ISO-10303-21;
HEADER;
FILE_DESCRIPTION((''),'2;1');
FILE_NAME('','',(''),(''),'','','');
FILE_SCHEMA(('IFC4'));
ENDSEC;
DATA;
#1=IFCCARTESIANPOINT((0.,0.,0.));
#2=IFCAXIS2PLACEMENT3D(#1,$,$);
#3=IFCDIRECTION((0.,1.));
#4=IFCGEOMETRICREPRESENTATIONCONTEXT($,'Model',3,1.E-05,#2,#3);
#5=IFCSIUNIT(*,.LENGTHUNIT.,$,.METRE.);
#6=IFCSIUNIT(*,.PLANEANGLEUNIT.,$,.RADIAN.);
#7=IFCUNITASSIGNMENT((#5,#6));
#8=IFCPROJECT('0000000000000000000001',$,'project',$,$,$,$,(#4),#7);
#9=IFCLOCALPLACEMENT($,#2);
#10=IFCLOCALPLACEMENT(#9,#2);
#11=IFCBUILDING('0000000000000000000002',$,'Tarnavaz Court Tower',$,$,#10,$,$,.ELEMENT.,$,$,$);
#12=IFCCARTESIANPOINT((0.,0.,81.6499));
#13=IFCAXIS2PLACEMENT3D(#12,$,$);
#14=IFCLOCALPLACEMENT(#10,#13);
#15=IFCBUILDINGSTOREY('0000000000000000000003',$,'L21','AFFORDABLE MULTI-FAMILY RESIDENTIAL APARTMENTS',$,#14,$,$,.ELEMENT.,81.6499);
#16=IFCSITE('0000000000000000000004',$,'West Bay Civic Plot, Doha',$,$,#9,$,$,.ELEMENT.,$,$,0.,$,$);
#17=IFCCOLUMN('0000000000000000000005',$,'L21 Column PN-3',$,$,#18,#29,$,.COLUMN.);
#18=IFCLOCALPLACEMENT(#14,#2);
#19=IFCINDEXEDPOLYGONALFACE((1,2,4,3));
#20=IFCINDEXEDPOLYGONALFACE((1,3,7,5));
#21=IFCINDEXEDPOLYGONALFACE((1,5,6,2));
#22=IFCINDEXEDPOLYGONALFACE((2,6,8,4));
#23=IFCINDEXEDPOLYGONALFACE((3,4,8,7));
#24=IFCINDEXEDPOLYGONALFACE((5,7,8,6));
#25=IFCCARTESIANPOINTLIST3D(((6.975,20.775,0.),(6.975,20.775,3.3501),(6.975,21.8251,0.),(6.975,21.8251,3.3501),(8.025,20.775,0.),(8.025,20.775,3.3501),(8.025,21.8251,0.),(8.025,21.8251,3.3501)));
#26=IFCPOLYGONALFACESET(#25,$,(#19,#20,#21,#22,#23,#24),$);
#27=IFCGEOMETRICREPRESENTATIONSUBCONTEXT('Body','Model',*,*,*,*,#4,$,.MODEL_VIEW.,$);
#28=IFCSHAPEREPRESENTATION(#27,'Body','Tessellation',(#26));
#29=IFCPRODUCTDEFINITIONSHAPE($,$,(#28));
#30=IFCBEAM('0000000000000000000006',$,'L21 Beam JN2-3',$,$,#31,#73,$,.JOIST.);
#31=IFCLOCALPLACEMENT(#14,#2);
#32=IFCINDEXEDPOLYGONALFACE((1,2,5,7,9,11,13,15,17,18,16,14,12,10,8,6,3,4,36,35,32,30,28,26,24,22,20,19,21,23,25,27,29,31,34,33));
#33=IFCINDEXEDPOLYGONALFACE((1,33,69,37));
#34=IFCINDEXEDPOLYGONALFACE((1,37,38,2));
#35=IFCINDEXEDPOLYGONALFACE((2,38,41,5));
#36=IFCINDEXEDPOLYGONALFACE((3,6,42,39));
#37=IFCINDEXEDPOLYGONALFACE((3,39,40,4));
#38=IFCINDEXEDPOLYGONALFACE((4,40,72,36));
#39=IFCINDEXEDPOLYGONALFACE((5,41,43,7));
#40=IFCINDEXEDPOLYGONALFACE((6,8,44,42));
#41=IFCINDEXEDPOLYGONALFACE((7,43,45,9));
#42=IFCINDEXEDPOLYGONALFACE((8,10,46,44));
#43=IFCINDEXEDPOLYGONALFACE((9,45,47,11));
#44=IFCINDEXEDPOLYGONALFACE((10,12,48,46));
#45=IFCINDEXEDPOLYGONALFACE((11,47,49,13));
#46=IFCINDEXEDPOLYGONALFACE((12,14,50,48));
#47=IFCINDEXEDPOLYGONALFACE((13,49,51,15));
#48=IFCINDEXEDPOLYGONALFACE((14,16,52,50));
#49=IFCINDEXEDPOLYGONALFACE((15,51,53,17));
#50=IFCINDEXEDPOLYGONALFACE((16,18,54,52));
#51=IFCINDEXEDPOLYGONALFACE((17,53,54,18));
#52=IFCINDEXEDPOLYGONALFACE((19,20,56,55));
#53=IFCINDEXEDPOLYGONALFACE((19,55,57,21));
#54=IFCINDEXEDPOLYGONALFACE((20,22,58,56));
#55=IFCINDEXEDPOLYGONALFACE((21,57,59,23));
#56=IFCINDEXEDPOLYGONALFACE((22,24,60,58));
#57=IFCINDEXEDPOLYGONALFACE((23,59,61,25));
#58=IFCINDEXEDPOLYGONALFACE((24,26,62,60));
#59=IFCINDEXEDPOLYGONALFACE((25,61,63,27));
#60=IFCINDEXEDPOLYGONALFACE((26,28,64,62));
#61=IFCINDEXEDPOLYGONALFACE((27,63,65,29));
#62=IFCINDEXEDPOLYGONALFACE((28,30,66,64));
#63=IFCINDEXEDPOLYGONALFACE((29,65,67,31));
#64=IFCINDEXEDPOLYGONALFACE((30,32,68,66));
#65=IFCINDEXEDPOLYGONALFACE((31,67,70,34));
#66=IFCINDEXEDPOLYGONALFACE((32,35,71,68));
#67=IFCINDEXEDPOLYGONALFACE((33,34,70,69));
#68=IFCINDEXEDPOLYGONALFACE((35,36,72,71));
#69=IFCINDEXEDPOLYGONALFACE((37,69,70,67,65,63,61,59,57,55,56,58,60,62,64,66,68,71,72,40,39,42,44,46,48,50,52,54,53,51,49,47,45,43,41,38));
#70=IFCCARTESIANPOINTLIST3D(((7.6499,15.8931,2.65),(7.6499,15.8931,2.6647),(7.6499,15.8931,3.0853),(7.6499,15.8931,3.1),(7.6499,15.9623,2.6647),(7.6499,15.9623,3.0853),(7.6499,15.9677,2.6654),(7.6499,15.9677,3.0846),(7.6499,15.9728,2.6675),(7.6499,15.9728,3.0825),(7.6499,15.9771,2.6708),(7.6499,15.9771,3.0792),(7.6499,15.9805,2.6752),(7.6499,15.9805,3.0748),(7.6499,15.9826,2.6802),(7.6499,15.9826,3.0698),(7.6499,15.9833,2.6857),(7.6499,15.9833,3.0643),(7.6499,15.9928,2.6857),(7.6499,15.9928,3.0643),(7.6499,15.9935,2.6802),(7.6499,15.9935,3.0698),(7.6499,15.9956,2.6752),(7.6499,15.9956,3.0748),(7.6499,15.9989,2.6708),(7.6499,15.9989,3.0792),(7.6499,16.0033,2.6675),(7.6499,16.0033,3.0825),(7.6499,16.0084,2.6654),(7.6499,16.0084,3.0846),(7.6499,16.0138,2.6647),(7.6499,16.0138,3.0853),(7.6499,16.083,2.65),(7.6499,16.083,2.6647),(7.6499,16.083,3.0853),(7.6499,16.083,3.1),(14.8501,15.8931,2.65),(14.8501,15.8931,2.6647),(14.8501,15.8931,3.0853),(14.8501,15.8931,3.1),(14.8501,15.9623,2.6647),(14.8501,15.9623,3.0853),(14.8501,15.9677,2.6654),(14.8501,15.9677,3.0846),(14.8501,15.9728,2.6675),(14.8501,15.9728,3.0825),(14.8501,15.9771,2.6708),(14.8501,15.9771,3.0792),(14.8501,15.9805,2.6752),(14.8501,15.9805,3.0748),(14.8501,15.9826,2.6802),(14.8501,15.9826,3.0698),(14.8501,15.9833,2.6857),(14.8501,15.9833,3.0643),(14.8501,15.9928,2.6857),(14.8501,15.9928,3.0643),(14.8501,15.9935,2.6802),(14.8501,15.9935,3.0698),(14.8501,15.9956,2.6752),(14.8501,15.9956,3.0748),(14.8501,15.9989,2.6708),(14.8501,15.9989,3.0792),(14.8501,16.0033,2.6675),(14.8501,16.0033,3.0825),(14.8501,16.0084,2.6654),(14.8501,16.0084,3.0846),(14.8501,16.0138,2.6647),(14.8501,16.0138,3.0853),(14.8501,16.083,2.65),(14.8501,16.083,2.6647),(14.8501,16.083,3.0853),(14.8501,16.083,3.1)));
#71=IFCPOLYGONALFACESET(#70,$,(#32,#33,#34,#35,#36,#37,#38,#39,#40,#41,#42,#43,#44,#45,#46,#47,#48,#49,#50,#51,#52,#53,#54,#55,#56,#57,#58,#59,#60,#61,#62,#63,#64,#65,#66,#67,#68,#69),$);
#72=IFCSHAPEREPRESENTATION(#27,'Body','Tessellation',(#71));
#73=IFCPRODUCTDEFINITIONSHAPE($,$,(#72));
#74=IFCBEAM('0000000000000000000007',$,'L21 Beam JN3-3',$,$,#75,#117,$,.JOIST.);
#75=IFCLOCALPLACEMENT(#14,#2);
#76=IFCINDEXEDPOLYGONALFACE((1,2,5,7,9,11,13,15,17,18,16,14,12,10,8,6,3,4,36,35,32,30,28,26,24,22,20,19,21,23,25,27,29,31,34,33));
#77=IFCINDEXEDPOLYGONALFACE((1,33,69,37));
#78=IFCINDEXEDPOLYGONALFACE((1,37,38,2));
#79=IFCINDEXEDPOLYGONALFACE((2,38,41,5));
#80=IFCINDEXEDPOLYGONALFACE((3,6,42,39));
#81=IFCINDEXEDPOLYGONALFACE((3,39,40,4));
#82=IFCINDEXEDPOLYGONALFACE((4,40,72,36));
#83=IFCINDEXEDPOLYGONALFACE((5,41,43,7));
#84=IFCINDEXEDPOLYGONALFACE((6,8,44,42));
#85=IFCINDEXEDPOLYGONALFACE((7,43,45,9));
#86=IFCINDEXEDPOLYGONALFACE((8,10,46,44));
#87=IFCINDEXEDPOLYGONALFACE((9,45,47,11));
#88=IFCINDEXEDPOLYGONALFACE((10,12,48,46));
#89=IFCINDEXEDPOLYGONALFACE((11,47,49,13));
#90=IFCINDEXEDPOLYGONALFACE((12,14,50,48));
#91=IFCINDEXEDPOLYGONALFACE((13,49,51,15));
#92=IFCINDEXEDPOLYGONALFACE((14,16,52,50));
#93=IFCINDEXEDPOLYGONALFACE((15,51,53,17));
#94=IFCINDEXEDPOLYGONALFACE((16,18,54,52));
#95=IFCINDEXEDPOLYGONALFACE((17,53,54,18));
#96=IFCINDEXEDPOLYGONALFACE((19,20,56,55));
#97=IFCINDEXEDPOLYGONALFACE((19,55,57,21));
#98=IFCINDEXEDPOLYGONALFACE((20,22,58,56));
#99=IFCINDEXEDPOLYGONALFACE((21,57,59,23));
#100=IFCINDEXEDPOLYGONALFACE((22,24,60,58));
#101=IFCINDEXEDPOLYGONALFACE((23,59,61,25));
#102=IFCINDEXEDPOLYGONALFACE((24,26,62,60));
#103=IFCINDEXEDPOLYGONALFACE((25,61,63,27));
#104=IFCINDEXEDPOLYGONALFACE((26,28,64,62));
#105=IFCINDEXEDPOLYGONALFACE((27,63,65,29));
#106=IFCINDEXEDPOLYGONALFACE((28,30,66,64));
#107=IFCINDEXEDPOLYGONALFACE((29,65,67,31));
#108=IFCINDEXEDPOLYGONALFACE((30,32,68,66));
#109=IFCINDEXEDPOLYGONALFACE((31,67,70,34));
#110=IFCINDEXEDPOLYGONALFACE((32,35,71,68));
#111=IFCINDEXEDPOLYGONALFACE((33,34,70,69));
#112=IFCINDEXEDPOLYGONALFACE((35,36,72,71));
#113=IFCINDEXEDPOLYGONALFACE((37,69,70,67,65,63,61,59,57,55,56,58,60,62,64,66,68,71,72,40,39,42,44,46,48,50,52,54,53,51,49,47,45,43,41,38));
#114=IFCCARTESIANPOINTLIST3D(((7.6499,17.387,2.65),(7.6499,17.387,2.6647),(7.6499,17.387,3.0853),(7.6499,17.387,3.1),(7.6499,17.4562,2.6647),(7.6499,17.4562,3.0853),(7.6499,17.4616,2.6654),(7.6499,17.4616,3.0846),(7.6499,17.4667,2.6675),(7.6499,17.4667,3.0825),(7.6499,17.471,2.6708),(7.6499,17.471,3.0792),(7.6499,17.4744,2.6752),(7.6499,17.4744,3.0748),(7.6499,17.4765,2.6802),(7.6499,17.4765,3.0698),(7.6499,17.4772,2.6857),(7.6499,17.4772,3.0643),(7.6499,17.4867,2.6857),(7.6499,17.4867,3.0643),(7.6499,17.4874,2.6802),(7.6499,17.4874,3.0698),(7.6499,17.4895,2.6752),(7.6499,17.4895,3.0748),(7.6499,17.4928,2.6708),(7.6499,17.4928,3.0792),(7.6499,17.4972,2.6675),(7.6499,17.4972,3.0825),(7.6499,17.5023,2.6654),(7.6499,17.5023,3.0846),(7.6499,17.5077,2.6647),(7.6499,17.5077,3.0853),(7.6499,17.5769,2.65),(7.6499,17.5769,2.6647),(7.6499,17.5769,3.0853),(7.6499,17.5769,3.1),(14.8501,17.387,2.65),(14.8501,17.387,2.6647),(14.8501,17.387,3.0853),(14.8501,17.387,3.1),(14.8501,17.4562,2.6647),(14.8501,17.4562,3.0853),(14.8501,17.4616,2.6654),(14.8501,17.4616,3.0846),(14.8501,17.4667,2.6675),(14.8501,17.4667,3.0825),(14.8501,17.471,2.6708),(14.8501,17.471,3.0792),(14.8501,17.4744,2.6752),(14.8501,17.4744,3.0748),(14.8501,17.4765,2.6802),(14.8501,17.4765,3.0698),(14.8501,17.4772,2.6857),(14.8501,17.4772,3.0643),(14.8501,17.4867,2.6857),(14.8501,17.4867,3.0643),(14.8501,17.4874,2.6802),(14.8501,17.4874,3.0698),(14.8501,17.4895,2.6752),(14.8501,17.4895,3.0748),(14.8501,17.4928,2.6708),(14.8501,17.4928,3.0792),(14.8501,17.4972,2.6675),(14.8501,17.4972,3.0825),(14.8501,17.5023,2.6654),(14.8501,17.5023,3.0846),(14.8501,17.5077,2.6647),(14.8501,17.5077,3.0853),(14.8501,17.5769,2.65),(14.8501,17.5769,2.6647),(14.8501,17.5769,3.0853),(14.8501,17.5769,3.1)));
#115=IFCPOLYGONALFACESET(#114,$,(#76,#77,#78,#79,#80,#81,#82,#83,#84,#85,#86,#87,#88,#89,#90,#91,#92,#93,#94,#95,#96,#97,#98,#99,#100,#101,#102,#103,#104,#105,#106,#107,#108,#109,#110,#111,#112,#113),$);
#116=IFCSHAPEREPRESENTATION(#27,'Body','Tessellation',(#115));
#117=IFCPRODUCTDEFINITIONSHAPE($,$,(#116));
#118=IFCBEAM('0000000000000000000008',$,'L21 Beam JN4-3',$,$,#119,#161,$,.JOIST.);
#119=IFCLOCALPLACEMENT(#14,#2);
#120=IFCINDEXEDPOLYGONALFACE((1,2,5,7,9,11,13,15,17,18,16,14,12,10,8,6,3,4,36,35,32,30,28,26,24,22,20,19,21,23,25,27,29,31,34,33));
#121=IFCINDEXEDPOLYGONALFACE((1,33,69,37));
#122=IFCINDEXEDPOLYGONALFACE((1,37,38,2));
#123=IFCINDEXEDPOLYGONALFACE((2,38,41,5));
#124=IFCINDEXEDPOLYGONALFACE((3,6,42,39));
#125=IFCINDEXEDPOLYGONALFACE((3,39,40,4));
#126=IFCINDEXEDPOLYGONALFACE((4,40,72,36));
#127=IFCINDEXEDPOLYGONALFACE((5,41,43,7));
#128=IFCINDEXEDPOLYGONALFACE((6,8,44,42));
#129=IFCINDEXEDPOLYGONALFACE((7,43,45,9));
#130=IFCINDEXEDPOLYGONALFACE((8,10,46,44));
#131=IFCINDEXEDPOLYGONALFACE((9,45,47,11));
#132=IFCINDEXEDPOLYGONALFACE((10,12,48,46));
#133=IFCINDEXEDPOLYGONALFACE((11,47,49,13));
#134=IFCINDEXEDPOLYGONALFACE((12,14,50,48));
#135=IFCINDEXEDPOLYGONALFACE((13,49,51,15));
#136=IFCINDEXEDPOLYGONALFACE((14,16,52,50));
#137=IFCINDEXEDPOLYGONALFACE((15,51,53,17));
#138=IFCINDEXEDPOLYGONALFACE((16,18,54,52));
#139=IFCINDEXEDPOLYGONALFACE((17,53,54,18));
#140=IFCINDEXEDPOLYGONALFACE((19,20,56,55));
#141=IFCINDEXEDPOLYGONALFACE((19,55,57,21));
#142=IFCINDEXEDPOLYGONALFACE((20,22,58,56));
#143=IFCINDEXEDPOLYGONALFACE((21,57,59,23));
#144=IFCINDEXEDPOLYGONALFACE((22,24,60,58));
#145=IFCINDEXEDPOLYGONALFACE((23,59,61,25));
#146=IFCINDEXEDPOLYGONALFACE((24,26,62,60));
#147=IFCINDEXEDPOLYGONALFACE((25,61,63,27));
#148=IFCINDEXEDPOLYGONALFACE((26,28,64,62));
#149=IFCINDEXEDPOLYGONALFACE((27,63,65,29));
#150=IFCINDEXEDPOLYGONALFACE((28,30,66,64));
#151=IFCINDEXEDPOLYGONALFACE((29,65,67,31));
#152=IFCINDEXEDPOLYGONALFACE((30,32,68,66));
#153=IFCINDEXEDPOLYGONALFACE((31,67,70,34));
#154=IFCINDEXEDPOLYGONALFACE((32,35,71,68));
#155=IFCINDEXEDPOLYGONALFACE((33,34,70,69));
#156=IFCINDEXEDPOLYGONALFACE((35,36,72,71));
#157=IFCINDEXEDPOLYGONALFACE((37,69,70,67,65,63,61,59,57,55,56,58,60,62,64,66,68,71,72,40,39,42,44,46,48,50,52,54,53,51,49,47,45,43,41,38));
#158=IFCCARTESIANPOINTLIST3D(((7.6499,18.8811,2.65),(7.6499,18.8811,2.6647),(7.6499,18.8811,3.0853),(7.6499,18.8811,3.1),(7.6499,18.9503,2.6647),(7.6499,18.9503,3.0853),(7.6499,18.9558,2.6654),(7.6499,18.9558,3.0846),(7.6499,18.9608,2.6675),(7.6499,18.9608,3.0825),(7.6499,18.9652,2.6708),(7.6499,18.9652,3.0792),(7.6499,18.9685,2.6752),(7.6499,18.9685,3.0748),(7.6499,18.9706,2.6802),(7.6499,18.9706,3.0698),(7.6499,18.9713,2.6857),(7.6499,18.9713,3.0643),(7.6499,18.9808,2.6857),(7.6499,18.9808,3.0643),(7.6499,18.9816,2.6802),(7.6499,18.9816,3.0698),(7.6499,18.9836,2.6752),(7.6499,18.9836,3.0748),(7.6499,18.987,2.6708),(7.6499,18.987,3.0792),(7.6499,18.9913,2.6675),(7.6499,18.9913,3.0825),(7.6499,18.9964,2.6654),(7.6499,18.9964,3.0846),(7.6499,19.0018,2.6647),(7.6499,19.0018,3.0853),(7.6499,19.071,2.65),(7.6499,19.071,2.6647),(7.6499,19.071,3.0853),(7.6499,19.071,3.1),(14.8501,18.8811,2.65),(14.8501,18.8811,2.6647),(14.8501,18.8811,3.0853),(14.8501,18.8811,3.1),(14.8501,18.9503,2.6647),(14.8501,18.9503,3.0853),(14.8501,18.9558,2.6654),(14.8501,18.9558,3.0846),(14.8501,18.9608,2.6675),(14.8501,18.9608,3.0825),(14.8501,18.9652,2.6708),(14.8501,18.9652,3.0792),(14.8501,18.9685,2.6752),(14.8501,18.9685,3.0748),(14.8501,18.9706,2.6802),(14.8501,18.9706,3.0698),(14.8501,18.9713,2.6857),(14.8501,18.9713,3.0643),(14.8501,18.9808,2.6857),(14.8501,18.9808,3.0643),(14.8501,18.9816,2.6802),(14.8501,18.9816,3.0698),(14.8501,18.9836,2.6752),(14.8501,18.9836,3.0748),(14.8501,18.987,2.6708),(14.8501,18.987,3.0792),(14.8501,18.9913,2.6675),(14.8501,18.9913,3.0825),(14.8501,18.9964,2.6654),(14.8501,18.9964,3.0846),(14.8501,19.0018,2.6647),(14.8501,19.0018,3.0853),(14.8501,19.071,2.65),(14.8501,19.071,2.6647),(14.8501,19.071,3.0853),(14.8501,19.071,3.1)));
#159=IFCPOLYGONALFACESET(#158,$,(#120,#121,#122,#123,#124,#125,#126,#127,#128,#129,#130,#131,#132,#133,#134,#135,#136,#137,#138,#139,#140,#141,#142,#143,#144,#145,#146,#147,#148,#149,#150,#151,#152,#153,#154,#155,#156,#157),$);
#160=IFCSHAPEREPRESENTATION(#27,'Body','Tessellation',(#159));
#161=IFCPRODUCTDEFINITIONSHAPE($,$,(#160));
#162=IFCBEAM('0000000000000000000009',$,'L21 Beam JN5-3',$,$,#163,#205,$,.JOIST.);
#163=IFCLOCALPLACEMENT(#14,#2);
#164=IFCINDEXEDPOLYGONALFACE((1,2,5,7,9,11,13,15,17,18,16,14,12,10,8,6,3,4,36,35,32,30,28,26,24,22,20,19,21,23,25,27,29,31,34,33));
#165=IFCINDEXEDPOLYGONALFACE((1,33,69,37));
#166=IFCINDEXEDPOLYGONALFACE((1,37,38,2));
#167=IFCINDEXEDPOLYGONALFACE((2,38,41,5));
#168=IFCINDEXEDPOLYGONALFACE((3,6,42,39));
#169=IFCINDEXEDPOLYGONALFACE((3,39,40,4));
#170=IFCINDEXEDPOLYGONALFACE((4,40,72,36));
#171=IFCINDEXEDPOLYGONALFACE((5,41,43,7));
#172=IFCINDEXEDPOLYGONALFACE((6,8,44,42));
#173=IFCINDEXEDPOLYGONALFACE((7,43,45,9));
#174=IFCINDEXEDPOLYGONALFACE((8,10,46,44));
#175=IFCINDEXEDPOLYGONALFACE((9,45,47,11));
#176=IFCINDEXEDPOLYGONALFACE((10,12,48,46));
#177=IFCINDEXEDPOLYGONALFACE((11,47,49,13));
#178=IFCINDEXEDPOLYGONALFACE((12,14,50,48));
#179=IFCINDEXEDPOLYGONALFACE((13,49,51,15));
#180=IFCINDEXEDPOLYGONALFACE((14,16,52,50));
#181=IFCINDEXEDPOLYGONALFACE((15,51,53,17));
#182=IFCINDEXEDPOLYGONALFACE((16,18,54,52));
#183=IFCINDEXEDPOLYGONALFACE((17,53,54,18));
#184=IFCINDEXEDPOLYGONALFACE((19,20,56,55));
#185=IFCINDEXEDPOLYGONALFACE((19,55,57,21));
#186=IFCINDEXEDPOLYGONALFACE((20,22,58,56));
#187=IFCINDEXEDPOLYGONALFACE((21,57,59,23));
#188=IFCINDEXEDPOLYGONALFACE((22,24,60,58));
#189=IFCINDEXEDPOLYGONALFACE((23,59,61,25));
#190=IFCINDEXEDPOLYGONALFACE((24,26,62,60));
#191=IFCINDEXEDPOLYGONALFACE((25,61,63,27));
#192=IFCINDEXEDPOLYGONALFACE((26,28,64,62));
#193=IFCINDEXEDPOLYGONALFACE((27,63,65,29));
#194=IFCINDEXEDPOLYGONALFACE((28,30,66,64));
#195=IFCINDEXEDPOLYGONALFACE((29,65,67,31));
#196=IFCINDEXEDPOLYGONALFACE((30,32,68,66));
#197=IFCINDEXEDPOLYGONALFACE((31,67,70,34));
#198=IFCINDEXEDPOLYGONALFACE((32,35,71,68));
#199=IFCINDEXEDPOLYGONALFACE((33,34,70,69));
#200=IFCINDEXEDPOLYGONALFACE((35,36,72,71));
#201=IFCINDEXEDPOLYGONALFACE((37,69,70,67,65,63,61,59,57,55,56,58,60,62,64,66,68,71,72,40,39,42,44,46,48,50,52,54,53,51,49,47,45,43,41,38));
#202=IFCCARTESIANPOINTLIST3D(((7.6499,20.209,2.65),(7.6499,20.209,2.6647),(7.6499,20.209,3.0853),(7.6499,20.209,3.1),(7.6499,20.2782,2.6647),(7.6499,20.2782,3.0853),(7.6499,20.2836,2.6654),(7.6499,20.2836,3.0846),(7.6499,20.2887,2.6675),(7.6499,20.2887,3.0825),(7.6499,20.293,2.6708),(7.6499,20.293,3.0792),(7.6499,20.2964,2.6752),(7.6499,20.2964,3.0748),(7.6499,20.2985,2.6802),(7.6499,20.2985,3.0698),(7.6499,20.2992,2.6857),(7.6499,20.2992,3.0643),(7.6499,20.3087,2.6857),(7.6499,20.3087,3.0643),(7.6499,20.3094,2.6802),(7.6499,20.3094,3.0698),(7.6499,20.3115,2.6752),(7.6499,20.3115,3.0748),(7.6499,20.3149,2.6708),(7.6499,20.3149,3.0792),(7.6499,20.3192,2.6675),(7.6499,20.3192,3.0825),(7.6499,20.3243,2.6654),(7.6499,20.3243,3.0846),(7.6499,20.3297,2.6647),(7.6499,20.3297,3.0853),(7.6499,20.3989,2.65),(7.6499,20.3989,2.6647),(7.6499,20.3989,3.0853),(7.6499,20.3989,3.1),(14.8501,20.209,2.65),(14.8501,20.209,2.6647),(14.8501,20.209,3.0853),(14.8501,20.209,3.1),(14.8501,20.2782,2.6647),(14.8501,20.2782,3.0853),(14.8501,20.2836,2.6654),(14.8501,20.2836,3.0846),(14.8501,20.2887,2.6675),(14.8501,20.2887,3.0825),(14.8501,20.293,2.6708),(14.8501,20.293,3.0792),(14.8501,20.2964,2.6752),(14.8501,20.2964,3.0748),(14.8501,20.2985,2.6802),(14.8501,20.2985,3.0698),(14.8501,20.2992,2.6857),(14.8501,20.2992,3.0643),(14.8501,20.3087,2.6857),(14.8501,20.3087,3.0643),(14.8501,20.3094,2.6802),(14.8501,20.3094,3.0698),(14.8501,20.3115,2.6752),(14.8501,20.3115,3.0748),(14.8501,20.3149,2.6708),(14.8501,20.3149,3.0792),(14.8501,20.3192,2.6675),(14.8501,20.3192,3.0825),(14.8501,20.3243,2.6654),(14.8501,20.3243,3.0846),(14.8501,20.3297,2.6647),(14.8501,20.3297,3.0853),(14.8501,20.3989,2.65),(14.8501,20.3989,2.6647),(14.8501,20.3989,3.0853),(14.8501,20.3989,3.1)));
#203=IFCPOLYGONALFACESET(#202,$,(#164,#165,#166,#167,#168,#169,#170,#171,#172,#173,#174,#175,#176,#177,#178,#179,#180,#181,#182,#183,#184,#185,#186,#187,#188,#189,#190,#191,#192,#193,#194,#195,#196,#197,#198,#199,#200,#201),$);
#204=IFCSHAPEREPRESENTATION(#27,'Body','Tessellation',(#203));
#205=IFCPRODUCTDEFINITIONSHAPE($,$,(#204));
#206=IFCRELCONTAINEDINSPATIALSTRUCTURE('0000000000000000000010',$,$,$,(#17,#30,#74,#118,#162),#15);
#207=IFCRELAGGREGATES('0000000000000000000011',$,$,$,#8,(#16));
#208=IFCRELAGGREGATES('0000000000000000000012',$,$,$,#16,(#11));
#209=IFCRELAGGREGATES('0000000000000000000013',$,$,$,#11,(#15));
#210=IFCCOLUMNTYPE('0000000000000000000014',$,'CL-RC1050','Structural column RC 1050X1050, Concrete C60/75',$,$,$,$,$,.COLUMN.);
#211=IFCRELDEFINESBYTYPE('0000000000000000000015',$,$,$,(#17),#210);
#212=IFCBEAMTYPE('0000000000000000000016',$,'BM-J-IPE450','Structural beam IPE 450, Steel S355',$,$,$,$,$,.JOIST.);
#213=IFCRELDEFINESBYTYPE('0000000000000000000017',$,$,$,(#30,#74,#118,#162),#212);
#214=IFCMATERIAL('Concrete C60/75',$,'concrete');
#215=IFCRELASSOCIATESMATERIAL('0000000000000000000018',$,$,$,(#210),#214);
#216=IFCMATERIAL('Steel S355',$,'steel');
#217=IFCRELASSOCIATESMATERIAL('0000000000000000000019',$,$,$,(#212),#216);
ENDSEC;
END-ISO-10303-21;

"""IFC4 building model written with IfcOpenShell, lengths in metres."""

from ifc_helpers import new_model, si_unit, direction, frame, origin, origin_2d, place, context, subcontext, project, spatial, rectangle, i_section, extrude, material, material_profile, profile_set, type_object, element, save


model = new_model("IFC4")

# Units and contexts
model_context = context("Model", 3, precision=1e-05, world=origin(), true_north=direction((0.0, 1.0)))
body_context = subcontext(model_context, "Body", "Model", "MODEL_VIEW")
ifc_project = project(units=[si_unit("LENGTHUNIT", "METRE"), si_unit("PLANEANGLEUNIT", "RADIAN")], contexts=[model_context])

# Site, building, storey
site_placement = place(None, origin())
site = spatial("IfcSite", under=ifc_project, at=site_placement, Name="West Bay Civic Plot, Doha", CompositionType="ELEMENT", RefElevation=0.0)
building_placement = place(site_placement, origin())
building = spatial("IfcBuilding", under=site, at=building_placement, Name="Tarnavaz Court Tower", CompositionType="ELEMENT")
storey_placement = place(building_placement, frame((0.0, 0.0, 81.6499)))
storey = spatial("IfcBuildingStorey", under=building, at=storey_placement, Name="L21", Description="AFFORDABLE MULTI-FAMILY RESIDENTIAL APARTMENTS", CompositionType="ELEMENT", Elevation=81.6499)

# Column
ifc_material_1 = material(Name="Concrete C60/75", Category="concrete")
ifc_material_profile_1 = material_profile(ifc_material_1, rectangle(XDim=1.05, YDim=1.05, at=origin_2d()), Name="RC 1050X1050")
ifc_profile_set_1 = profile_set([ifc_material_profile_1], Name="Concrete C60/75")
column_type = type_object("IfcColumnType", Name="CL-RC1050", Description="Structural column RC 1050X1050, Concrete C60/75", PredefinedType="COLUMN", material=ifc_profile_set_1)
column_placement = place(storey_placement, frame((7.5, 21.3, 0.0), z_axis=(0.0, 0.0, 1.0), x_axis=(1.0, 0.0, 0.0)))
element("IfcColumn", 1, at=column_placement, inside=storey, type_object=column_type, Name="L21 Column PN-3", PredefinedType="COLUMN", context=body_context, shape_type="SweptSolid", body=[
    extrude(rectangle(XDim=1.05, YDim=1.05, at=origin_2d()), origin(), (0.0, 0.0, 1.0), 3.3501),
])

# Beams
ifc_material_2 = material(Name="Steel S355", Category="steel")
ifc_material_profile_2 = material_profile(ifc_material_2, i_section(OverallWidth=0.1899, OverallDepth=0.45, WebThickness=0.0095, FlangeThickness=0.0146, FilletRadius=0.021, at=origin_2d()), Name="IPE 450")
ifc_profile_set_2 = profile_set([ifc_material_profile_2], Name="Steel S355")
beam_type_1 = type_object("IfcBeamType", Name="BM-J-IPE450", Description="Structural beam IPE 450, Steel S355", PredefinedType="JOIST", material=ifc_profile_set_2)
for number, where, z_axis, x_axis, name in (
    (2, (7.6499, 15.988, 2.875), (1.0, 0.0, 0.0), (0.0, 1.0, 0.0), "L21 Beam JN2-3"),
    (3, (7.6499, 17.4819, 2.875), (1.0, 0.0, 0.0), (0.0, 1.0, 0.0), "L21 Beam JN3-3"),
    (4, (7.6499, 18.9761, 2.875), (1.0, 0.0, 0.0), (0.0, 1.0, 0.0), "L21 Beam JN4-3"),
    (5, (7.6499, 20.304, 2.875), (1.0, 0.0, 0.0), (0.0, 1.0, 0.0), "L21 Beam JN5-3"),
):
    element("IfcBeam", number, at=place(storey_placement, frame(where, z_axis=z_axis, x_axis=x_axis)), inside=storey, type_object=beam_type_1, Name=name, PredefinedType="JOIST", context=body_context, shape_type="SweptSolid", body=[
        extrude(i_section(OverallWidth=0.1899, OverallDepth=0.45, WebThickness=0.0095, FlangeThickness=0.0146, FilletRadius=0.021, at=origin_2d()), origin(), (0.0, 0.0, 1.0), 7.2002),
    ])

save(model, "model.ifc")
